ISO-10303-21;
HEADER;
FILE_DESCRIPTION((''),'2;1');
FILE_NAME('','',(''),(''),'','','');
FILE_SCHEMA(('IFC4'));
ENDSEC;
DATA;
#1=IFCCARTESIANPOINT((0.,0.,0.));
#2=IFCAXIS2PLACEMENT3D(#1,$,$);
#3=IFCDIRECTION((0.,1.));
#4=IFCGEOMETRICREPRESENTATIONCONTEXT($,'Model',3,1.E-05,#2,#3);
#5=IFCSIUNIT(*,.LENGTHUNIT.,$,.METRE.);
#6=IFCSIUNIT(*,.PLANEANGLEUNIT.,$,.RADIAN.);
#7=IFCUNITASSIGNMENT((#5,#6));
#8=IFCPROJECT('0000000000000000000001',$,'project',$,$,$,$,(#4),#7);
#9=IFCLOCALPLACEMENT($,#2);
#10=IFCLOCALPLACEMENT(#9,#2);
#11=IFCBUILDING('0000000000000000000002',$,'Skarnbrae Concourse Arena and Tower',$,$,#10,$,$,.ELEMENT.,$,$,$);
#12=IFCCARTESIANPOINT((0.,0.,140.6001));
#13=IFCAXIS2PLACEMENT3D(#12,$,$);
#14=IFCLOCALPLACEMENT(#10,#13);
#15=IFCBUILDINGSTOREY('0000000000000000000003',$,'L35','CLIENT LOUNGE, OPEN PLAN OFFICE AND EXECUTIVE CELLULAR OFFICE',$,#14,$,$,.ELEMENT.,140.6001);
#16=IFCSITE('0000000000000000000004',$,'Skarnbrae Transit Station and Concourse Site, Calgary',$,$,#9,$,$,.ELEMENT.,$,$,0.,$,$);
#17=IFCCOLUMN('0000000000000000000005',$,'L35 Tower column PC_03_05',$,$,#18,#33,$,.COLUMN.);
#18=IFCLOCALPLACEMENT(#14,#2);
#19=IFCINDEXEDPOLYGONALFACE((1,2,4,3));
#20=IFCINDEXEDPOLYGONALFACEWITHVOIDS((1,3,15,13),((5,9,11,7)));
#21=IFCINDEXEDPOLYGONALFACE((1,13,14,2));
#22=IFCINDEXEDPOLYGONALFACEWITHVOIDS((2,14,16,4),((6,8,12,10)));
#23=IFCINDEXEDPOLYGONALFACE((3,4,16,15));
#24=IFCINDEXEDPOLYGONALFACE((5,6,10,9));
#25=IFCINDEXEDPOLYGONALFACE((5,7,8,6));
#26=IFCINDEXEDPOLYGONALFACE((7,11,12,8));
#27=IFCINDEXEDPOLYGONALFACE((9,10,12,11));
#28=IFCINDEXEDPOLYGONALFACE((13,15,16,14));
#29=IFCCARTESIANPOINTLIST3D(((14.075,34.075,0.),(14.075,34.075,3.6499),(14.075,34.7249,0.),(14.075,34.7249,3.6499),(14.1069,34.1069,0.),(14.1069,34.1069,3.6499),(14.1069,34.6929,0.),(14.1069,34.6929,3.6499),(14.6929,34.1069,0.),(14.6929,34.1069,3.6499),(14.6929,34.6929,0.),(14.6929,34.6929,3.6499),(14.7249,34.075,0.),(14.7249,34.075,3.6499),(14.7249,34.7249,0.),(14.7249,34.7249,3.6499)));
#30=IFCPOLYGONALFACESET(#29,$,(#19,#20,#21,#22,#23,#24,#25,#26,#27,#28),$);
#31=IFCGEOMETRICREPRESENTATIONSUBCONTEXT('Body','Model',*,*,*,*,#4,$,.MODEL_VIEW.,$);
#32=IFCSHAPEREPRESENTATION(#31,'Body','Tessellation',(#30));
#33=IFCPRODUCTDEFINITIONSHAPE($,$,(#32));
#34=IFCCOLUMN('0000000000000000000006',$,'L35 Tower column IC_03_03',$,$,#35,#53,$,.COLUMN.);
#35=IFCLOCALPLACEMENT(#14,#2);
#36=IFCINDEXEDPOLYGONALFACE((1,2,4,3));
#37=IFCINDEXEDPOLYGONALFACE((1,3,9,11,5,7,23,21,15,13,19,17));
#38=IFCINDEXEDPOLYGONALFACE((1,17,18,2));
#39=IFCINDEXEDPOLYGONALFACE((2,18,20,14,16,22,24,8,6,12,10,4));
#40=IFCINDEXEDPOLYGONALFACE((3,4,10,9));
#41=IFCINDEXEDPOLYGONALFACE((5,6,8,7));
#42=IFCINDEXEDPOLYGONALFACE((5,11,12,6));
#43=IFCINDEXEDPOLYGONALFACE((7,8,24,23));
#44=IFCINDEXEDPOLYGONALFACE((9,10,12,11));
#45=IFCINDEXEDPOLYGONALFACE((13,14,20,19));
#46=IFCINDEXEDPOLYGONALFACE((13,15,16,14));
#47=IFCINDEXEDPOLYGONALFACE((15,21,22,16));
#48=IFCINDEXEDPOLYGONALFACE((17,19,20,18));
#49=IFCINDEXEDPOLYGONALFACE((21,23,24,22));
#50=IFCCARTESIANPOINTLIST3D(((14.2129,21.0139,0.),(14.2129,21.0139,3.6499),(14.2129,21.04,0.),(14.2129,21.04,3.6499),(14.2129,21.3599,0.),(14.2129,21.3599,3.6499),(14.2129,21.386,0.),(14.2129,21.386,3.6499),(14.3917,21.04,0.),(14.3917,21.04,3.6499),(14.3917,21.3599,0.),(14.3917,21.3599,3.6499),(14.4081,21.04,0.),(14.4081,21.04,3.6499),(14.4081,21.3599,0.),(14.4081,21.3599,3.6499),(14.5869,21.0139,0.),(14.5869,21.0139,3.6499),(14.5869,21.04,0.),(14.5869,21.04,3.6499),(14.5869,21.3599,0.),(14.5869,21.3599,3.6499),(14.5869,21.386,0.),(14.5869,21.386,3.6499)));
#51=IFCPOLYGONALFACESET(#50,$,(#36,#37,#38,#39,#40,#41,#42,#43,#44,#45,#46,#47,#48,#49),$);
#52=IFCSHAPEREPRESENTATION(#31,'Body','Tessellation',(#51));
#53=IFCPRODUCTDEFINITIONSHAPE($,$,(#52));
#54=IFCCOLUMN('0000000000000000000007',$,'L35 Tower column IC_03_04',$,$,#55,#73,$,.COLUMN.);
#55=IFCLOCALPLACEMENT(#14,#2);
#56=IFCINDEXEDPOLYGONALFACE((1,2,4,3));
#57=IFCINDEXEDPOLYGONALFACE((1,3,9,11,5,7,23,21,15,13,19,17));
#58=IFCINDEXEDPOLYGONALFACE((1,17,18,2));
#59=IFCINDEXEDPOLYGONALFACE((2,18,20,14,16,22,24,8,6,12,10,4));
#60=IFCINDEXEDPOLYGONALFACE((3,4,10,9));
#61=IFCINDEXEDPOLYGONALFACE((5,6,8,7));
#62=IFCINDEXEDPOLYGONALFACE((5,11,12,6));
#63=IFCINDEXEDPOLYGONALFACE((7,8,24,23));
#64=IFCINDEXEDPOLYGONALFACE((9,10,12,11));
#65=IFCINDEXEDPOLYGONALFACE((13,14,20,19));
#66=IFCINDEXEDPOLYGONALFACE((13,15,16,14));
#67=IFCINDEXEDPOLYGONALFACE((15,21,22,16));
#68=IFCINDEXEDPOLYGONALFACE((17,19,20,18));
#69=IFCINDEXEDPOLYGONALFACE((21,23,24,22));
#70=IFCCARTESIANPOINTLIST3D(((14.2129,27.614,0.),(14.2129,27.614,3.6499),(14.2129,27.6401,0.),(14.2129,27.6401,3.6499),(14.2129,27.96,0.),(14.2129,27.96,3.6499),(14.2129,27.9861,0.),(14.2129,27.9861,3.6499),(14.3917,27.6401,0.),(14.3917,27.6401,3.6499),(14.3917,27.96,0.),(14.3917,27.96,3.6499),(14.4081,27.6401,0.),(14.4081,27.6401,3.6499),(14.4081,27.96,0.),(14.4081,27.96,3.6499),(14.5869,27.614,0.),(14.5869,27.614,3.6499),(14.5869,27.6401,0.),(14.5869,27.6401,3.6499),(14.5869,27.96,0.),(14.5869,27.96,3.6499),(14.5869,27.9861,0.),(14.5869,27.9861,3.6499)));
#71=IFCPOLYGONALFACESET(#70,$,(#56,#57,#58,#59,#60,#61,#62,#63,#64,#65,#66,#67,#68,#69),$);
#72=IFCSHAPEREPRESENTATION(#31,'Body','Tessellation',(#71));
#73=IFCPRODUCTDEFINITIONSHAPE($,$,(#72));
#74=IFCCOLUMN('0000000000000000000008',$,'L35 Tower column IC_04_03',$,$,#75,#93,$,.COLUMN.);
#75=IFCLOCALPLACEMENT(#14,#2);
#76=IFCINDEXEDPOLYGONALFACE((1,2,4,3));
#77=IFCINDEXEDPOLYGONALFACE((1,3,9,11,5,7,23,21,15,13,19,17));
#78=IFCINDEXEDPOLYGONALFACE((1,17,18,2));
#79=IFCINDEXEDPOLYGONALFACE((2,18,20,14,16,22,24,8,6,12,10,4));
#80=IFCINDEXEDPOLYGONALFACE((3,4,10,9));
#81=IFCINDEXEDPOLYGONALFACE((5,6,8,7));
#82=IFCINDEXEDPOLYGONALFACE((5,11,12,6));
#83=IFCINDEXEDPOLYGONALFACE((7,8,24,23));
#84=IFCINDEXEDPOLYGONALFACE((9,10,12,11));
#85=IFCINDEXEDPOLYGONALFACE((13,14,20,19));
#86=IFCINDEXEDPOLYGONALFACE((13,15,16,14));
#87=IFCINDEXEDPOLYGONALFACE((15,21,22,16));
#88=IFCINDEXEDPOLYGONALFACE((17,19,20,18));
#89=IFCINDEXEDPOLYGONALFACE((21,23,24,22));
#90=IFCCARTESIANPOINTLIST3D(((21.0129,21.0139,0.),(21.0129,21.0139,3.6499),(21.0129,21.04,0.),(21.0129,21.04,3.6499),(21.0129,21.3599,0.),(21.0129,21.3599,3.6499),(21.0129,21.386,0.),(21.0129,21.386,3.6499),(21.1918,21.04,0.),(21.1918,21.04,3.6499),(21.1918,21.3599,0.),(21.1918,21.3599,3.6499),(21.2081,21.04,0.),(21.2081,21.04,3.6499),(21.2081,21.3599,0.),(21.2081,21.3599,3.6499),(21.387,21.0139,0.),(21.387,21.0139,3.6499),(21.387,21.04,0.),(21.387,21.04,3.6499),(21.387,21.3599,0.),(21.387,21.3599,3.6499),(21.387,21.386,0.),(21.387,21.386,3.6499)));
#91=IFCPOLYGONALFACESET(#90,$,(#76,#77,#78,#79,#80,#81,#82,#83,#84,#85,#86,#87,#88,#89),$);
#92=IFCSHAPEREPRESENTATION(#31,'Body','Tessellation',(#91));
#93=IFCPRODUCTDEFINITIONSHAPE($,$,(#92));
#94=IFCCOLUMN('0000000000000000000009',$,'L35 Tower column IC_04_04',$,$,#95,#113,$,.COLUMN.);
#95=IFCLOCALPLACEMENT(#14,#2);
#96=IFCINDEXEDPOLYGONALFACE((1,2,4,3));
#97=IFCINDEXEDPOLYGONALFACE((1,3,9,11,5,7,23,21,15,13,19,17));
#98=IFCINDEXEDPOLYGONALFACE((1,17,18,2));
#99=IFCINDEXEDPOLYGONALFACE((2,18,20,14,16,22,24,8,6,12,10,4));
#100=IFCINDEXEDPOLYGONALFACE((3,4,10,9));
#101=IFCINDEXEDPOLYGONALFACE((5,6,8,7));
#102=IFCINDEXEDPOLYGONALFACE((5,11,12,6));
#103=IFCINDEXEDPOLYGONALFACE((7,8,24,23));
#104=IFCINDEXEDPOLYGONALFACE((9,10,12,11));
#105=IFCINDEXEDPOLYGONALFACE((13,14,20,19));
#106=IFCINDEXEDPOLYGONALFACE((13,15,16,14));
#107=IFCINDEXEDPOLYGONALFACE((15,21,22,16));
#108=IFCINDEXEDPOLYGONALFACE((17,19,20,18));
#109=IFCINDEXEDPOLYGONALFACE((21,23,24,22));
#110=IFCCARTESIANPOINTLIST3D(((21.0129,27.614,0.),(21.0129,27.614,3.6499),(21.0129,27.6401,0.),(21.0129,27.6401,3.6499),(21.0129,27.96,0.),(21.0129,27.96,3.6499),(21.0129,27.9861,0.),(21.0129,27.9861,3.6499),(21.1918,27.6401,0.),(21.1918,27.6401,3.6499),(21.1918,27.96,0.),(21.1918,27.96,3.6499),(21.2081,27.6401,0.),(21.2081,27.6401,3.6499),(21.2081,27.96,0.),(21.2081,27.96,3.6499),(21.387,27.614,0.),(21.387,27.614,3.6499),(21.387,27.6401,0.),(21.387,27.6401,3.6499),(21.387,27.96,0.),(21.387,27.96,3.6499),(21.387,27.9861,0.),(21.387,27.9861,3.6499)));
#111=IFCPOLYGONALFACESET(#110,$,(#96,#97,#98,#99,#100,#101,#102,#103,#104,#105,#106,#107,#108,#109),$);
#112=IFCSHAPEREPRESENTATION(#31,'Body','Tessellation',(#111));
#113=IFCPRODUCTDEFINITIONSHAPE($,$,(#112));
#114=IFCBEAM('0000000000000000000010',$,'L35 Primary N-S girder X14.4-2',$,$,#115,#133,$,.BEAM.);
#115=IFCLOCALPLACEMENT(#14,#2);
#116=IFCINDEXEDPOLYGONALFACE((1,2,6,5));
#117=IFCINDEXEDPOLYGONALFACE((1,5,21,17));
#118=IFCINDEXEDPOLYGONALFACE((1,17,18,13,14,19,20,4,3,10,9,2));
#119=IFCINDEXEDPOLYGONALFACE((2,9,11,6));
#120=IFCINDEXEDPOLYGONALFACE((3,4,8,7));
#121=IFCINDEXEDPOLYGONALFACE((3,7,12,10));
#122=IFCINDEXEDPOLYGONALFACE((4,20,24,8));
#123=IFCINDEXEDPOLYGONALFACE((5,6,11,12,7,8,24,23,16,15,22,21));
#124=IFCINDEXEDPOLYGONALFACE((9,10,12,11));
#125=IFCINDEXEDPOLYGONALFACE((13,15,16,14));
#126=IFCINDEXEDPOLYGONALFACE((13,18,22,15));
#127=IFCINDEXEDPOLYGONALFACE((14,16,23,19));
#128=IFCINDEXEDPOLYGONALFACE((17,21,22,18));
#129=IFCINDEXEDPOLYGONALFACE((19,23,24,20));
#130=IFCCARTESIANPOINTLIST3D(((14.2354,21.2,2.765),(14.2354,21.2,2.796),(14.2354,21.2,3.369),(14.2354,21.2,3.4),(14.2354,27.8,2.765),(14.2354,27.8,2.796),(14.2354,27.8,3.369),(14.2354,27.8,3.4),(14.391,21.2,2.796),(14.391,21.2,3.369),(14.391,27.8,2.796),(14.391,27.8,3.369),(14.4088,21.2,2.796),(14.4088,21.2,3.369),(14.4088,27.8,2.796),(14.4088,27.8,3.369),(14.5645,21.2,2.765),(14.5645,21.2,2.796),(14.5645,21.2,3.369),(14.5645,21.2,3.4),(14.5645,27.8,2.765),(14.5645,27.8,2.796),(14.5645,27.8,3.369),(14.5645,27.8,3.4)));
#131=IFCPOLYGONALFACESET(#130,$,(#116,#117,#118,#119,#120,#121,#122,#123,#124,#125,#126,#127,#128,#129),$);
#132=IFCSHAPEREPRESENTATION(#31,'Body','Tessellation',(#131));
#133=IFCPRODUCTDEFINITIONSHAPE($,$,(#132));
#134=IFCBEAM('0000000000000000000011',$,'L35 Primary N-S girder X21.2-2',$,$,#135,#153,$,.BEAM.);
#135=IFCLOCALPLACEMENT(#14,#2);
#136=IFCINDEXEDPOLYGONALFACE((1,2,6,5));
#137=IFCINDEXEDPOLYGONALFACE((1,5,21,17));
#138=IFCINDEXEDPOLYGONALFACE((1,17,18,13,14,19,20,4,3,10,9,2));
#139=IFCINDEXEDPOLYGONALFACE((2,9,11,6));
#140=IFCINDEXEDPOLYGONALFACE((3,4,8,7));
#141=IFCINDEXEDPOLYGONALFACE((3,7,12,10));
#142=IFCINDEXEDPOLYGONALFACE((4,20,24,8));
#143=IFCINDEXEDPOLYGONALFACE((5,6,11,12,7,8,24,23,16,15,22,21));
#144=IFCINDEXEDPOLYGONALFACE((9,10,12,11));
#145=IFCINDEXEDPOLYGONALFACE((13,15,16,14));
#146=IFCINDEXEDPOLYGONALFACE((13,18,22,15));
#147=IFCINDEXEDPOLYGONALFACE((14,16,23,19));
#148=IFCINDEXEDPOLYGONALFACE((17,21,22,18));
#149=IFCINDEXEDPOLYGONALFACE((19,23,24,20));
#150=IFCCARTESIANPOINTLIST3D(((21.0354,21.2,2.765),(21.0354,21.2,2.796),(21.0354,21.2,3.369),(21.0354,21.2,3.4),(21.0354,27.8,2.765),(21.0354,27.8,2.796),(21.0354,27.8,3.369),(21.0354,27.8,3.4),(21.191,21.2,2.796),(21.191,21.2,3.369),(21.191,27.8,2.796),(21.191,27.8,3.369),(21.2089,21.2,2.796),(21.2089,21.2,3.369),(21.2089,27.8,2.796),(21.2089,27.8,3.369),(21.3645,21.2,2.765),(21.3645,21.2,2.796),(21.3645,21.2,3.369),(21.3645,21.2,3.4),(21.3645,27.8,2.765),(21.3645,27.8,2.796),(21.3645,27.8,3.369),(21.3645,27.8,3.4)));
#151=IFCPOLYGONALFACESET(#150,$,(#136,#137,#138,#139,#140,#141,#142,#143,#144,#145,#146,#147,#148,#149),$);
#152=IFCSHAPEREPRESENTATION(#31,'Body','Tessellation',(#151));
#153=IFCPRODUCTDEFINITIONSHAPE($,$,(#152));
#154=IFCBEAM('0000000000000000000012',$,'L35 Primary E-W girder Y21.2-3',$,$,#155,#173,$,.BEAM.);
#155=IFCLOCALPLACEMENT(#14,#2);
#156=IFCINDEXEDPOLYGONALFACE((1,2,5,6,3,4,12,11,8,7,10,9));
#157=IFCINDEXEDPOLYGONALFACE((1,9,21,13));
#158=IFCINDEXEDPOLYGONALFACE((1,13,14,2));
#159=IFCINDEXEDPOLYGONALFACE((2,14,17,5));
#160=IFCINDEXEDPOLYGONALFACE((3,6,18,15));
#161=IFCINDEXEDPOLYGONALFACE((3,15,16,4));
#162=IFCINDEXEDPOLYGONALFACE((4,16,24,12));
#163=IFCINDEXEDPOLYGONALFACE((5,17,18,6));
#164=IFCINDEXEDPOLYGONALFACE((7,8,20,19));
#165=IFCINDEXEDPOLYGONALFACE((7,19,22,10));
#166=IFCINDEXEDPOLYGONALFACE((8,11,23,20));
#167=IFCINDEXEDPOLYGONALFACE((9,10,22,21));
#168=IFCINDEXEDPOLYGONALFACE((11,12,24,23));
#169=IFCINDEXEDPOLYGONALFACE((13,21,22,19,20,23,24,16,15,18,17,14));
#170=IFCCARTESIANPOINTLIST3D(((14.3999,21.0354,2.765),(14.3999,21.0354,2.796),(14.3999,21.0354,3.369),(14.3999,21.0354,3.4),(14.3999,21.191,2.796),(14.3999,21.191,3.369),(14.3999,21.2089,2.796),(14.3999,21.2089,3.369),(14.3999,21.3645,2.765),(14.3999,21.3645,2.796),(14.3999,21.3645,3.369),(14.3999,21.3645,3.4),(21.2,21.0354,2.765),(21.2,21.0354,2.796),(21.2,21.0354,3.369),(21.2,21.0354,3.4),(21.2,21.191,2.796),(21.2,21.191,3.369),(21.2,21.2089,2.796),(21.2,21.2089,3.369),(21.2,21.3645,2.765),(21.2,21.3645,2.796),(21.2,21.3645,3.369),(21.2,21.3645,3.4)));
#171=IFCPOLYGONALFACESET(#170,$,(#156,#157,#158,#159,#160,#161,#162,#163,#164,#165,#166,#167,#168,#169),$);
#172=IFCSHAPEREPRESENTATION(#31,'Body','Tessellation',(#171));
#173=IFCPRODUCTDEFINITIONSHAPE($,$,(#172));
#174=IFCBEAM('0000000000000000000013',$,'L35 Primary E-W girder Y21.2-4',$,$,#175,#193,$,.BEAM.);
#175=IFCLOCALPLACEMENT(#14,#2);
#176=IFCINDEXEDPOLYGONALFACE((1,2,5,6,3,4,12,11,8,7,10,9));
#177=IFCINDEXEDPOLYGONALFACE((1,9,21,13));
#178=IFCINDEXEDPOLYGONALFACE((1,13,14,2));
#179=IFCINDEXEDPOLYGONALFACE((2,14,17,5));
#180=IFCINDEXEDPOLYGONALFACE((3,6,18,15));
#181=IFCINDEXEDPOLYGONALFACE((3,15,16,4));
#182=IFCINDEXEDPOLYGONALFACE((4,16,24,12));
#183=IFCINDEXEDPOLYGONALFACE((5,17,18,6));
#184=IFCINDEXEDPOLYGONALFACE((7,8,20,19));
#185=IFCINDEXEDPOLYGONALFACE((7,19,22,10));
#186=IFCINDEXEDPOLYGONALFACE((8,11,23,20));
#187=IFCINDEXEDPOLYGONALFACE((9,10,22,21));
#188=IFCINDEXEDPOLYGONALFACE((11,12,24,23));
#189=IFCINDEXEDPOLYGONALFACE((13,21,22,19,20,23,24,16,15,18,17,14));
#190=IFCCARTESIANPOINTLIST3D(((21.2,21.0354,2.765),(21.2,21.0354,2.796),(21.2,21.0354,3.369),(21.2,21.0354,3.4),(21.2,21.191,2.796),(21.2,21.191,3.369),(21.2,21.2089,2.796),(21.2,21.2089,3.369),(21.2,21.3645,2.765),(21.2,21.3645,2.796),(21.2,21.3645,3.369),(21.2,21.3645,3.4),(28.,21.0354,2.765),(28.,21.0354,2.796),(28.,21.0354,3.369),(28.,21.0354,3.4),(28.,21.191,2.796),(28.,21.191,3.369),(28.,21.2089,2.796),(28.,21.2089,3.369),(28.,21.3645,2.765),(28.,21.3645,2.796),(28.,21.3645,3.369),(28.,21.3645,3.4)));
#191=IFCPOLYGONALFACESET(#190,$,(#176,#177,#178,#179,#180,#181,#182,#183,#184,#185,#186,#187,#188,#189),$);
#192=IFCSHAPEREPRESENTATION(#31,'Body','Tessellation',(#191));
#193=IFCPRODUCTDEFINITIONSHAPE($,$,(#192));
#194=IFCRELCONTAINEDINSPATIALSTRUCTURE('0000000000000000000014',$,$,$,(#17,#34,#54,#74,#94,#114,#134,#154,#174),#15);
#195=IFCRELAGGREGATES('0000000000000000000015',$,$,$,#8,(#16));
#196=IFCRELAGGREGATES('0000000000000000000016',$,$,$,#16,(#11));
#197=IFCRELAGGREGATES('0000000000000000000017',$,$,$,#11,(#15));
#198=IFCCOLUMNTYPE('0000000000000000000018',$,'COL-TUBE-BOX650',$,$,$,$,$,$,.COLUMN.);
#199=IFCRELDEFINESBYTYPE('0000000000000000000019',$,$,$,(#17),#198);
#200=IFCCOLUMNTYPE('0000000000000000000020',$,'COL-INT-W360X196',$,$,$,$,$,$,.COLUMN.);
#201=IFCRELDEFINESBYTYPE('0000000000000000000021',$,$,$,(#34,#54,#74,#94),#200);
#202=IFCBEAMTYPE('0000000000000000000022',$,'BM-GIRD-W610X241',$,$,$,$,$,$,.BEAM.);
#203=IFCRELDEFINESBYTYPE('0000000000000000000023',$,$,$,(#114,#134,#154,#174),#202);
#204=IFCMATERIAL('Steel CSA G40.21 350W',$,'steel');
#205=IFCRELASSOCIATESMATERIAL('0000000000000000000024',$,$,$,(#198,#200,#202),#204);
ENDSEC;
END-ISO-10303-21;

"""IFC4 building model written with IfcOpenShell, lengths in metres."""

from ifc_helpers import new_model, si_unit, direction, frame, origin, origin_2d, place, context, subcontext, project, spatial, hollow_rectangle, i_section, extrude, source, transform, mapped, material, material_profile, profile_set, type_object, element, save


model = new_model("IFC4")

# Units and contexts
model_context = context("Model", 3, precision=1e-05, world=origin(), true_north=direction((0.0, 1.0)))
body_context = subcontext(model_context, "Body", "Model", "MODEL_VIEW")
ifc_project = project(units=[si_unit("LENGTHUNIT", "METRE"), si_unit("PLANEANGLEUNIT", "RADIAN")], contexts=[model_context])

# Site, building, storey
site_placement = place(None, origin())
site = spatial("IfcSite", under=ifc_project, at=site_placement, Name="Skarnbrae Transit Station and Concourse Site, Calgary", CompositionType="ELEMENT", RefElevation=0.0)
building_placement = place(site_placement, origin())
building = spatial("IfcBuilding", under=site, at=building_placement, Name="Skarnbrae Concourse Arena and Tower", CompositionType="ELEMENT")
storey_placement = place(building_placement, frame((0.0, 0.0, 140.6001)))
storey = spatial("IfcBuildingStorey", under=building, at=storey_placement, Name="L35", Description="CLIENT LOUNGE, OPEN PLAN OFFICE AND EXECUTIVE CELLULAR OFFICE", CompositionType="ELEMENT", Elevation=140.6001)

# Columns
ifc_material_1 = material(Name="Steel CSA G40.21 350W", Category="steel")
ifc_material_profile_1 = material_profile(ifc_material_1, hollow_rectangle(XDim=0.6499, YDim=0.6499, WallThickness=0.032, at=origin_2d()), Name="BOX650X650X32")
ifc_profile_set_1 = profile_set([ifc_material_profile_1], Name="Steel CSA G40.21 350W")
column_type_1 = type_object("IfcColumnType", Name="COL-TUBE-BOX650", PredefinedType="COLUMN", material=ifc_profile_set_1)
shared_shape_1 = source(origin(), body_context, "Body", "SweptSolid", [
    extrude(hollow_rectangle(XDim=0.6499, YDim=0.6499, WallThickness=0.032, at=origin_2d()), origin(), (0.0, 0.0, 1.0), 3.6499),
])
column_placement = place(storey_placement, frame((14.3999, 34.3999, 0.0), z_axis=(0.0, 0.0, 1.0), x_axis=(1.0, 0.0, 0.0)))
element("IfcColumn", 1, at=column_placement, inside=storey, type_object=column_type_1, Name="L35 Tower column PC_03_05", PredefinedType="COLUMN", context=body_context, shape_type="MappedRepresentation", body=[
    mapped(shared_shape_1, transform((0.0, 0.0, 0.0))),
])
ifc_material_profile_2 = material_profile(ifc_material_1, i_section(OverallWidth=0.374, OverallDepth=0.3721, WebThickness=0.0164, FlangeThickness=0.0261, at=origin_2d()), Name="W360X196")
ifc_profile_set_2 = profile_set([ifc_material_profile_2], Name="Steel CSA G40.21 350W")
column_type_2 = type_object("IfcColumnType", Name="COL-INT-W360X196", PredefinedType="COLUMN", material=ifc_profile_set_2)
shared_shape_2 = source(origin(), body_context, "Body", "SweptSolid", [
    extrude(i_section(OverallWidth=0.374, OverallDepth=0.3721, WebThickness=0.0164, FlangeThickness=0.0261, at=origin_2d()), origin(), (0.0, 0.0, 1.0), 3.6499),
])
for number, where, z_axis, x_axis, name in (
    (2, (14.3999, 21.2, 0.0), (0.0, 0.0, 1.0), (1.0, 0.0, 0.0), "L35 Tower column IC_03_03"),
    (3, (14.3999, 27.8, 0.0), (0.0, 0.0, 1.0), (1.0, 0.0, 0.0), "L35 Tower column IC_03_04"),
    (4, (21.2, 21.2, 0.0), (0.0, 0.0, 1.0), (1.0, 0.0, 0.0), "L35 Tower column IC_04_03"),
    (5, (21.2, 27.8, 0.0), (0.0, 0.0, 1.0), (1.0, 0.0, 0.0), "L35 Tower column IC_04_04"),
):
    element("IfcColumn", number, at=place(storey_placement, frame(where, z_axis=z_axis, x_axis=x_axis)), inside=storey, type_object=column_type_2, Name=name, PredefinedType="COLUMN", context=body_context, shape_type="MappedRepresentation", body=[
        mapped(shared_shape_2, transform((0.0, 0.0, 0.0))),
    ])

# Beams
ifc_material_profile_3 = material_profile(ifc_material_1, i_section(OverallWidth=0.3291, OverallDepth=0.635, WebThickness=0.0178, FlangeThickness=0.031, at=origin_2d()), Name="W610X241")
ifc_profile_set_3 = profile_set([ifc_material_profile_3], Name="Steel CSA G40.21 350W")
beam_type_1 = type_object("IfcBeamType", Name="BM-GIRD-W610X241", PredefinedType="BEAM", material=ifc_profile_set_3)
shared_shape_3 = source(origin(), body_context, "Body", "SweptSolid", [
    extrude(i_section(OverallWidth=0.3291, OverallDepth=0.635, WebThickness=0.0178, FlangeThickness=0.031, at=origin_2d()), origin(), (0.0, 0.0, 1.0), 6.6001),
])
for number, where, z_axis, x_axis, name in (
    (6, (14.3999, 21.2, 3.0825), (0.0, 1.0, 0.0), (-1.0, 0.0, 0.0), "L35 Primary N-S girder X14.4-2"),
    (7, (21.2, 21.2, 3.0825), (0.0, 1.0, 0.0), (-1.0, 0.0, 0.0), "L35 Primary N-S girder X21.2-2"),
):
    element("IfcBeam", number, at=place(storey_placement, frame(where, z_axis=z_axis, x_axis=x_axis)), inside=storey, type_object=beam_type_1, Name=name, PredefinedType="BEAM", context=body_context, shape_type="MappedRepresentation", body=[
        mapped(shared_shape_3, transform((0.0, 0.0, 0.0))),
    ])
shared_shape_4 = source(origin(), body_context, "Body", "SweptSolid", [
    extrude(i_section(OverallWidth=0.3291, OverallDepth=0.635, WebThickness=0.0178, FlangeThickness=0.031, at=origin_2d()), origin(), (0.0, 0.0, 1.0), 6.8),
])
for number, where, z_axis, x_axis, name in (
    (8, (14.3999, 21.2, 3.0825), (1.0, 0.0, 0.0), (0.0, 1.0, 0.0), "L35 Primary E-W girder Y21.2-3"),
    (9, (21.2, 21.2, 3.0825), (1.0, 0.0, 0.0), (0.0, 1.0, 0.0), "L35 Primary E-W girder Y21.2-4"),
):
    element("IfcBeam", number, at=place(storey_placement, frame(where, z_axis=z_axis, x_axis=x_axis)), inside=storey, type_object=beam_type_1, Name=name, PredefinedType="BEAM", context=body_context, shape_type="MappedRepresentation", body=[
        mapped(shared_shape_4, transform((0.0, 0.0, 0.0))),
    ])

save(model, "model.ifc")
